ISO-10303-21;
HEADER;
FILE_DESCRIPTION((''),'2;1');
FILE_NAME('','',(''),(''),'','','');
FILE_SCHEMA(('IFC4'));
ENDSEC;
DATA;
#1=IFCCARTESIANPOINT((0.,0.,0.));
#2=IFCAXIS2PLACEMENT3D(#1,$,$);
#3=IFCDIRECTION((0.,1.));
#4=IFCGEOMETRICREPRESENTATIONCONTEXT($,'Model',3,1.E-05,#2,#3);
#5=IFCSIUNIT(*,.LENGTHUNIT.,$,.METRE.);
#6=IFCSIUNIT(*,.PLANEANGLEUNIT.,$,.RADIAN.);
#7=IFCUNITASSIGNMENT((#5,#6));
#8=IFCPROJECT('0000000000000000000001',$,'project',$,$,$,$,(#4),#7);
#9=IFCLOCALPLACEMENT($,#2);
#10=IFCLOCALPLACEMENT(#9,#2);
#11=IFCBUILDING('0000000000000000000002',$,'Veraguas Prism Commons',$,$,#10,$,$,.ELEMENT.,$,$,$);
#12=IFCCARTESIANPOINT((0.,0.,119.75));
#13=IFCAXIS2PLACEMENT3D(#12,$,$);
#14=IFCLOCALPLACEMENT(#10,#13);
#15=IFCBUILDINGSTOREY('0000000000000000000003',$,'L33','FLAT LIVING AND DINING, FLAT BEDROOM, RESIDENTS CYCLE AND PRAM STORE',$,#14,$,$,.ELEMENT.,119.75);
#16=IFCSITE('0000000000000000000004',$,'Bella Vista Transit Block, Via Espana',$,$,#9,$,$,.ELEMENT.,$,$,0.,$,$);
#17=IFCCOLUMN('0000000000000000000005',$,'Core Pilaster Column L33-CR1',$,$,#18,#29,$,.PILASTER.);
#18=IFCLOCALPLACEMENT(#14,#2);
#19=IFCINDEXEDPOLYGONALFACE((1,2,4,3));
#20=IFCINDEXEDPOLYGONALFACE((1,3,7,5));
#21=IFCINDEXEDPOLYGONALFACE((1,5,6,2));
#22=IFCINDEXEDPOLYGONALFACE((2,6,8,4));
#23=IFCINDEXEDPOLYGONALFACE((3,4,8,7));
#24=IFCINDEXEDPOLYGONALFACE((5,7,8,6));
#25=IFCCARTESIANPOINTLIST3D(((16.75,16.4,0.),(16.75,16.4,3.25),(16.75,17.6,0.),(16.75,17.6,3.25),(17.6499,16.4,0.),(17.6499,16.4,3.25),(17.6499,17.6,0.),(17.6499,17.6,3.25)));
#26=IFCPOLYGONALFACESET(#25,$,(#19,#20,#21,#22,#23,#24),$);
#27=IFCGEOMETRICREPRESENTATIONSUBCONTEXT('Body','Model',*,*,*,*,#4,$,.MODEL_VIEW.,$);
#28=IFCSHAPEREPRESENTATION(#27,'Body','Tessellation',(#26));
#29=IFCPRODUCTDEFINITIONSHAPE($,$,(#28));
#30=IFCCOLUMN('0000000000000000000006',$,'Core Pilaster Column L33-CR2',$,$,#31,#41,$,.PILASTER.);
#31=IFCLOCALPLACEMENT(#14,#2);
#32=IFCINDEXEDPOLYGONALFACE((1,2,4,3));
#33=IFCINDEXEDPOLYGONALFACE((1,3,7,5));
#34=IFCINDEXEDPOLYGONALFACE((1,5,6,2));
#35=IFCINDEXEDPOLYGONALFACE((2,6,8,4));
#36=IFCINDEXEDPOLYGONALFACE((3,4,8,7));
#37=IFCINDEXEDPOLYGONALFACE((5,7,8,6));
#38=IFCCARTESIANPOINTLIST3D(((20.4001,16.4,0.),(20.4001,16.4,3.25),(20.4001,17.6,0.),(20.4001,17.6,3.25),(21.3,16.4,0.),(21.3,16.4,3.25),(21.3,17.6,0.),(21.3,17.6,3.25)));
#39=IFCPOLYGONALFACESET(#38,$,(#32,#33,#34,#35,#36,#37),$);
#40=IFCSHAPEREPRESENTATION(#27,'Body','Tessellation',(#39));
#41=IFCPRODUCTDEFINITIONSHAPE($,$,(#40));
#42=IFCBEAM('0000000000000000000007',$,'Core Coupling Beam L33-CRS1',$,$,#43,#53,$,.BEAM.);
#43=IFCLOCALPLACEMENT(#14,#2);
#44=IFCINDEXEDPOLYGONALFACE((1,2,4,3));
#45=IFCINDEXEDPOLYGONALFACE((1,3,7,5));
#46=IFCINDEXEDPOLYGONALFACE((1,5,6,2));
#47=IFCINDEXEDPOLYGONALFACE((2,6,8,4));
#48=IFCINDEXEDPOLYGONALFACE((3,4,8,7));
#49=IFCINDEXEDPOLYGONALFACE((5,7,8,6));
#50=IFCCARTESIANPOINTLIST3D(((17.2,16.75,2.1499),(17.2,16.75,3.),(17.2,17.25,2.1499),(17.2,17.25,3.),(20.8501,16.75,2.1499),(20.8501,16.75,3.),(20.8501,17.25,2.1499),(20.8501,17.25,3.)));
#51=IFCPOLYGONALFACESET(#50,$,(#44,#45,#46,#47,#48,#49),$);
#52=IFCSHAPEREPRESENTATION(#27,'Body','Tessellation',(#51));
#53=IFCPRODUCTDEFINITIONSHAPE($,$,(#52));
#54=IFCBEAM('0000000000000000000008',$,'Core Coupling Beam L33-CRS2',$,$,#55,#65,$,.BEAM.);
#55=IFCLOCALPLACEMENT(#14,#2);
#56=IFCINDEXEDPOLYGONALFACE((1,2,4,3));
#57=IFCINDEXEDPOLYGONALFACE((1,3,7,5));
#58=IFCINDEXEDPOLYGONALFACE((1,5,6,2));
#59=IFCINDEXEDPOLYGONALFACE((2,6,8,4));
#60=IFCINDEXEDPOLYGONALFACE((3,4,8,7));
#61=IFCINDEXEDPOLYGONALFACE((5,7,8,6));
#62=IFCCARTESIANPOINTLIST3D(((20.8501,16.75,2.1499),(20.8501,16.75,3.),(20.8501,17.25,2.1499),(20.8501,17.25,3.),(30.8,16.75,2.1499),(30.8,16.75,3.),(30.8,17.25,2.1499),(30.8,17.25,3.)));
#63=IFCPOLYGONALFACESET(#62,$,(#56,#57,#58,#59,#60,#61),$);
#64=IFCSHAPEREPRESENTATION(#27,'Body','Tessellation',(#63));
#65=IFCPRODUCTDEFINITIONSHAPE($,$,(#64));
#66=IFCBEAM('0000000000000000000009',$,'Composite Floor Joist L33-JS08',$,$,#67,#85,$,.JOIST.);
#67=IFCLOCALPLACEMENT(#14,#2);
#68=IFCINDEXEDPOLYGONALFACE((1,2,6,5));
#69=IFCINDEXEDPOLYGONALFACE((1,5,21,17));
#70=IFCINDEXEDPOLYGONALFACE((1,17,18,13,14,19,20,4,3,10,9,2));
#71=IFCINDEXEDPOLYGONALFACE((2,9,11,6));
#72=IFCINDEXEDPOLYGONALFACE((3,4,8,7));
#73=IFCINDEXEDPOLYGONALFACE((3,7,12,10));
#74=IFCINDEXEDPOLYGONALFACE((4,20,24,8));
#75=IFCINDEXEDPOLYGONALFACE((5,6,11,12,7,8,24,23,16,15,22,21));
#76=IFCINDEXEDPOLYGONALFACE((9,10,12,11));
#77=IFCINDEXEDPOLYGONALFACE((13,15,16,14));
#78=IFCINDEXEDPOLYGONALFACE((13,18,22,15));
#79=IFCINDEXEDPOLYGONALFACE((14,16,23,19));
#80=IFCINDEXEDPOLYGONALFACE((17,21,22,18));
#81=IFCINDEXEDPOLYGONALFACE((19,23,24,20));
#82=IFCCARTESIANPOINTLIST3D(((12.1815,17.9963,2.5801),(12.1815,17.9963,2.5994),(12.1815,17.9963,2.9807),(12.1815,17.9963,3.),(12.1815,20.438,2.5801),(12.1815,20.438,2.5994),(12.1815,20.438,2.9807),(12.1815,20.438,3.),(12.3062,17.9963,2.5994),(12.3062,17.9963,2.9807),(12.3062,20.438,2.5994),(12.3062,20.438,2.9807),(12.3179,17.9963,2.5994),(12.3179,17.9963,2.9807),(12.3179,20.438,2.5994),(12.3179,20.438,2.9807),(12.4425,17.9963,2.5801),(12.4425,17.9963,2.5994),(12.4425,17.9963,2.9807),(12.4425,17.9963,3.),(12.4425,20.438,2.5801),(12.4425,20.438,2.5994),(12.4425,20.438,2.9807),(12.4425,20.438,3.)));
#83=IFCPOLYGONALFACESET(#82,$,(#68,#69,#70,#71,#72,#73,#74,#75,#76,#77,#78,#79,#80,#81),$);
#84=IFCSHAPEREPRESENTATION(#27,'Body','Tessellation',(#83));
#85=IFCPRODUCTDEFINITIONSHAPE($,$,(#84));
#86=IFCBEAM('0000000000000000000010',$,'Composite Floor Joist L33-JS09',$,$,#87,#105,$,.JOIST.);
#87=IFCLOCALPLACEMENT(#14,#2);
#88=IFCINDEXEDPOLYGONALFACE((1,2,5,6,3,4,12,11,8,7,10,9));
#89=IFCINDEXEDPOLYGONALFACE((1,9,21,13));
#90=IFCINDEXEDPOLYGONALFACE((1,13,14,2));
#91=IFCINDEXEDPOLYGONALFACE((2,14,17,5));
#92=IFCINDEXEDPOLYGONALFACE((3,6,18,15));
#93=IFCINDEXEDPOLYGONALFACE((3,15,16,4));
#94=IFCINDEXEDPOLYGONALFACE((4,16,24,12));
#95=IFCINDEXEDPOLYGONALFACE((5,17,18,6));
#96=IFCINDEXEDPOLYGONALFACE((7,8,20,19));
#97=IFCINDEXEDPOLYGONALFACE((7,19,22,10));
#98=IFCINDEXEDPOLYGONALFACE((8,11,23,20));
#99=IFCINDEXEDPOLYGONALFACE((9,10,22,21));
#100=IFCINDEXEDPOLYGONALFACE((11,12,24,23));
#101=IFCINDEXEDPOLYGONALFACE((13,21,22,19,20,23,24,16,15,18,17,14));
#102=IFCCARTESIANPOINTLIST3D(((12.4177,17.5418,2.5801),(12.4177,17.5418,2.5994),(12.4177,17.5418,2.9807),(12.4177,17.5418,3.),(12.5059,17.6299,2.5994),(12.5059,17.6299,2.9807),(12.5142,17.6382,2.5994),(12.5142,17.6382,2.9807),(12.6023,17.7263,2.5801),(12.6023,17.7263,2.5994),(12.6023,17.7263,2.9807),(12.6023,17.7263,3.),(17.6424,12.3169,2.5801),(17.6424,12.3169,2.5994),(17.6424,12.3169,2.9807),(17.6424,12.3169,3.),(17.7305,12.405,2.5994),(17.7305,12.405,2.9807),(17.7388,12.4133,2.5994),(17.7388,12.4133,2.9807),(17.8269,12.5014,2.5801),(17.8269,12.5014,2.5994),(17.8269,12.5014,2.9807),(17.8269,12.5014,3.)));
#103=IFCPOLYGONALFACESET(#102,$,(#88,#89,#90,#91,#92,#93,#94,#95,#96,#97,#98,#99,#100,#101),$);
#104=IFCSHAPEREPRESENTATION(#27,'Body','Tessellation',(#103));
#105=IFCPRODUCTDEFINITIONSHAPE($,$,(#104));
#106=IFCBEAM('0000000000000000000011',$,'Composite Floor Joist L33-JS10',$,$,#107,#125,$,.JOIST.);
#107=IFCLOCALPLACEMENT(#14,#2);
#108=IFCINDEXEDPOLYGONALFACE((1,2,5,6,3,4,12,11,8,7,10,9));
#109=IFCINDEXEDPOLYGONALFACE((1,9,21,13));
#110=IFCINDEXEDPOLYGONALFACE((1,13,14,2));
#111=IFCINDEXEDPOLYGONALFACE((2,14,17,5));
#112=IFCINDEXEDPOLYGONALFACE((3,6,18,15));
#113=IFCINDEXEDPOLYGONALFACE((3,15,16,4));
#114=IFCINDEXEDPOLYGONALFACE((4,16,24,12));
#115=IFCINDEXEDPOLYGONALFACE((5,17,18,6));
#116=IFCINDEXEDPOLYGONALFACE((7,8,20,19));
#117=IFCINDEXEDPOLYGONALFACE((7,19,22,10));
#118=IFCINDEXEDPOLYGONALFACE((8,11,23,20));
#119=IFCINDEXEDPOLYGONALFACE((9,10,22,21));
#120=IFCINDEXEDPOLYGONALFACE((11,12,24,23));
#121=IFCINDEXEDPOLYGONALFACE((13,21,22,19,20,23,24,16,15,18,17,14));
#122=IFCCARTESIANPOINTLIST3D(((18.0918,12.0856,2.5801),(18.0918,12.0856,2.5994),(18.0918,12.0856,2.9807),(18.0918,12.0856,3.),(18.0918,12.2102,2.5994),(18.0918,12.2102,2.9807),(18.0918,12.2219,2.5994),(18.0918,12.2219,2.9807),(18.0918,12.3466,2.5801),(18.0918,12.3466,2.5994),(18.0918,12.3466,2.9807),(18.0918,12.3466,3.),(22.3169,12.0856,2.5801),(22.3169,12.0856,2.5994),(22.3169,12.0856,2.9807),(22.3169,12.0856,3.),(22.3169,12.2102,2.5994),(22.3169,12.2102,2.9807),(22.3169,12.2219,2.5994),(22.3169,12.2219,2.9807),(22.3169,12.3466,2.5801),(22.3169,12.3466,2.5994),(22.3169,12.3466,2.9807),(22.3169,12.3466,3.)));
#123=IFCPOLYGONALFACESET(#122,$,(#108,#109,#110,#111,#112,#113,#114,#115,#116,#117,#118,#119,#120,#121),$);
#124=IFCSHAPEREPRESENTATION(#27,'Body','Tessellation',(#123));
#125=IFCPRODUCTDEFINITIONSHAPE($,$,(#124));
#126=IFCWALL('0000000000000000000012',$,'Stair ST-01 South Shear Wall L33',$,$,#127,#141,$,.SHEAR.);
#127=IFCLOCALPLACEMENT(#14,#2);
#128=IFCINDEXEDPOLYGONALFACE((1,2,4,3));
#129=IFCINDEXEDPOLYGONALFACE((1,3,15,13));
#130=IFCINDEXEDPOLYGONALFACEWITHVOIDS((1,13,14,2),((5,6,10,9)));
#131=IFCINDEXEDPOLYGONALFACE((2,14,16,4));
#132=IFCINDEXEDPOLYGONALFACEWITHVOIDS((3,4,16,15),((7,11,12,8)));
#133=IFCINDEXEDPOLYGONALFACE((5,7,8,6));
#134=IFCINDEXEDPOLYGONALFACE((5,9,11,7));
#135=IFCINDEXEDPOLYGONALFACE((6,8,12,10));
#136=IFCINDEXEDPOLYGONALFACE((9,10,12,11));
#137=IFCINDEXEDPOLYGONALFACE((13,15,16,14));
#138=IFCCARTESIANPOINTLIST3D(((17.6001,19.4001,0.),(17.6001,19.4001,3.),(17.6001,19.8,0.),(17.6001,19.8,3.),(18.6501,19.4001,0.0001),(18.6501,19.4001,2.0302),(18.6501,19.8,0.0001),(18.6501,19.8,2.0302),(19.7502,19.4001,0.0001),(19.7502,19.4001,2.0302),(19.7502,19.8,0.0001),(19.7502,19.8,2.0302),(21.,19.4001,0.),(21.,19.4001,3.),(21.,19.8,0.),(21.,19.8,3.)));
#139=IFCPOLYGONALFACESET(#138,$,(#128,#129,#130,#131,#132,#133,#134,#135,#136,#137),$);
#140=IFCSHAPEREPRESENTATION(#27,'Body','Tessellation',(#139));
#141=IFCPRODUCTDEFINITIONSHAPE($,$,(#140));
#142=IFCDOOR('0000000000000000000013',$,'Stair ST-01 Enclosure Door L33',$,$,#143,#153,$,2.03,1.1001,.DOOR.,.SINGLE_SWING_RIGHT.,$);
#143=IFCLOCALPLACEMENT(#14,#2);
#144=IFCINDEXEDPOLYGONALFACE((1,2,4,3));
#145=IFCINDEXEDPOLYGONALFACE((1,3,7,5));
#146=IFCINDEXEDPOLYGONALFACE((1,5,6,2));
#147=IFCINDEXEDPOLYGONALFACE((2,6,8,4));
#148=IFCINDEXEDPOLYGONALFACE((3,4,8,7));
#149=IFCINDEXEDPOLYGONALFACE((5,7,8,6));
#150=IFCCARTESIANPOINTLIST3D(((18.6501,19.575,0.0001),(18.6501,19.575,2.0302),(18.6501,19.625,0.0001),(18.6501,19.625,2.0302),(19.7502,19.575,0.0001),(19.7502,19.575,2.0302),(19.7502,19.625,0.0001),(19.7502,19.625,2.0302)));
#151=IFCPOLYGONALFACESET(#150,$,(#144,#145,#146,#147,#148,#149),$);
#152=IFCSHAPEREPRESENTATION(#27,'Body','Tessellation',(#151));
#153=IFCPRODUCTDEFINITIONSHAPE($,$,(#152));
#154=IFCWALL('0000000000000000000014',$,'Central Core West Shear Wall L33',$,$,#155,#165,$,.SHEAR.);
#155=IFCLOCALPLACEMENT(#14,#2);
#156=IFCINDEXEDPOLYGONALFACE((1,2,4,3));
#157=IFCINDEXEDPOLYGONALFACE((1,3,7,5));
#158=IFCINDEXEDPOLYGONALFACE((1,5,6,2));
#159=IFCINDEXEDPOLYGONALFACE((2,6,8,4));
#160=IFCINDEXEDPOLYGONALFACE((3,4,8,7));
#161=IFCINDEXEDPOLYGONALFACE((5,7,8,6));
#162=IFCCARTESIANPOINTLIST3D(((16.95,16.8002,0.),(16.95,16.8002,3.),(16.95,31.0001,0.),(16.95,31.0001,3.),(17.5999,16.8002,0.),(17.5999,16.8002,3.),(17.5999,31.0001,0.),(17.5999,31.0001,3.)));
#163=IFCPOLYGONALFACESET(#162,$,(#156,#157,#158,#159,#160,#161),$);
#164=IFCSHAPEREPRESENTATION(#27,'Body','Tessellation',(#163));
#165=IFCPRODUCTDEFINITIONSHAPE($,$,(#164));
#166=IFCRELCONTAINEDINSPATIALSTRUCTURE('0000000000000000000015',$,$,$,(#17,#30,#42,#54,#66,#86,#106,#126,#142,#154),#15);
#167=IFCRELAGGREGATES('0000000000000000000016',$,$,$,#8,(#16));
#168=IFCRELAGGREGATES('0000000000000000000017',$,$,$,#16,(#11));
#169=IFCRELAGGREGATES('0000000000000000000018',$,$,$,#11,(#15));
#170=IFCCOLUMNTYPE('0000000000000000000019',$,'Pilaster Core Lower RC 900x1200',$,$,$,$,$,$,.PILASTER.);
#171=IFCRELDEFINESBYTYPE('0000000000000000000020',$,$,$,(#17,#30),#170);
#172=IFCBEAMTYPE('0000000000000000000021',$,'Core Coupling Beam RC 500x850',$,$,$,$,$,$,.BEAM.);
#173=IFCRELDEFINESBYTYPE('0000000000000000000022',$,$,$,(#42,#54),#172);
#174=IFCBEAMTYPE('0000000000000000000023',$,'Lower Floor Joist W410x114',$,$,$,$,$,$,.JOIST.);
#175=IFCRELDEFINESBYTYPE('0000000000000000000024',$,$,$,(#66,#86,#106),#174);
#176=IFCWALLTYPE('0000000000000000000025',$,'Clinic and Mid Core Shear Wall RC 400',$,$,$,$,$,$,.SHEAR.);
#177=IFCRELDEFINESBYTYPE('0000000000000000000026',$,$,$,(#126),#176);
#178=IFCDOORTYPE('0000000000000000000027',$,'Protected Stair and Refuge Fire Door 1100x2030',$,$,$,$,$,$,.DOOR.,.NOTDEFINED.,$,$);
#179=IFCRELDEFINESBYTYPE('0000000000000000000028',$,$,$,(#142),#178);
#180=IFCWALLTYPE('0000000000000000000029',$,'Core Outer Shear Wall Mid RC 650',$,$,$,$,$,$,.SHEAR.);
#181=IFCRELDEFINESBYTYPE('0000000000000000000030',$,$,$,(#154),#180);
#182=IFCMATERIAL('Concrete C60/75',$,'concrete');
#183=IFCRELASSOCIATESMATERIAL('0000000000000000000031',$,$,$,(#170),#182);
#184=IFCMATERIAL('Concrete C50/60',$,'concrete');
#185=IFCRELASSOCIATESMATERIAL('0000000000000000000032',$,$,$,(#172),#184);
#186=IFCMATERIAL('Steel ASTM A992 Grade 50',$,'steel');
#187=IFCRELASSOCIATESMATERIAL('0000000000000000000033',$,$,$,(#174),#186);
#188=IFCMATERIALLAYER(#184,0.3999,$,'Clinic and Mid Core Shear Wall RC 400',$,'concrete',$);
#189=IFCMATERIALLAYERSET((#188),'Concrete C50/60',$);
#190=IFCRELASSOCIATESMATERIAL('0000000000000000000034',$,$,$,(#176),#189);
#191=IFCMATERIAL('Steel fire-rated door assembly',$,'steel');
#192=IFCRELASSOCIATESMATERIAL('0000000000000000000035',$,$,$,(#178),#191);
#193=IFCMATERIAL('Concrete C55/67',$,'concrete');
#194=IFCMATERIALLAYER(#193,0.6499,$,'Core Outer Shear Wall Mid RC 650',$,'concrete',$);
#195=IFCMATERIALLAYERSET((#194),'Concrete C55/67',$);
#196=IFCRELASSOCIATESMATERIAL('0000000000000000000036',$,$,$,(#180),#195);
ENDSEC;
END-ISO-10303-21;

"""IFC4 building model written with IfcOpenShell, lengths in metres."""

from ifc_helpers import new_model, si_unit, direction, frame, frame_2d, origin, origin_2d, place, context, subcontext, project, spatial, rectangle, i_section, extrude, source, transform, mapped, material, layer, layer_set, material_profile, profile_set, type_object, element, fill, save


model = new_model("IFC4")

# Units and contexts
model_context = context("Model", 3, precision=1e-05, world=origin(), true_north=direction((0.0, 1.0)))
body_context = subcontext(model_context, "Body", "Model", "MODEL_VIEW")
ifc_project = project(units=[si_unit("LENGTHUNIT", "METRE"), si_unit("PLANEANGLEUNIT", "RADIAN")], contexts=[model_context])

# Site, building, storey
site_placement = place(None, origin())
site = spatial("IfcSite", under=ifc_project, at=site_placement, Name="Bella Vista Transit Block, Via Espana", CompositionType="ELEMENT", RefElevation=0.0)
building_placement = place(site_placement, origin())
building = spatial("IfcBuilding", under=site, at=building_placement, Name="Veraguas Prism Commons", CompositionType="ELEMENT")
storey_placement = place(building_placement, frame((0.0, 0.0, 119.75)))
storey = spatial("IfcBuildingStorey", under=building, at=storey_placement, Name="L33", Description="FLAT LIVING AND DINING, FLAT BEDROOM, RESIDENTS CYCLE AND PRAM STORE", CompositionType="ELEMENT", Elevation=119.75)

# Columns
ifc_material_1 = material(Name="Concrete C60/75", Category="concrete")
ifc_material_profile_1 = material_profile(ifc_material_1, rectangle(XDim=0.8999, YDim=1.2, at=origin_2d()), Name="RC900X1200")
ifc_profile_set_1 = profile_set([ifc_material_profile_1], Name="Concrete C60/75")
column_type = type_object("IfcColumnType", Name="Pilaster Core Lower RC 900x1200", PredefinedType="PILASTER", material=ifc_profile_set_1)
for number, where, z_axis, x_axis, name in (
    (1, (17.2, 17.0, 0.0), (0.0, 0.0, 1.0), (1.0, 0.0, 0.0), "Core Pilaster Column L33-CR1"),
    (2, (20.8501, 17.0, 0.0), (0.0, 0.0, 1.0), (1.0, 0.0, 0.0), "Core Pilaster Column L33-CR2"),
):
    element("IfcColumn", number, at=place(storey_placement, frame(where, z_axis=z_axis, x_axis=x_axis)), inside=storey, type_object=column_type, Name=name, PredefinedType="PILASTER", context=body_context, shape_type="SweptSolid", body=[
        extrude(rectangle(XDim=0.8999, YDim=1.2, at=origin_2d()), origin(), (0.0, 0.0, 1.0), 3.25),
    ])

# Beams
ifc_material_2 = material(Name="Concrete C50/60", Category="concrete")
ifc_material_profile_2 = material_profile(ifc_material_2, rectangle(XDim=0.5, YDim=0.8501, at=origin_2d()), Name="RC500X850")
ifc_profile_set_2 = profile_set([ifc_material_profile_2], Name="Concrete C50/60")
beam_type_1 = type_object("IfcBeamType", Name="Core Coupling Beam RC 500x850", PredefinedType="BEAM", material=ifc_profile_set_2)
beam_1_placement = place(storey_placement, frame((17.2, 17.0, 2.575), z_axis=(1.0, 0.0, 0.0), x_axis=(0.0, 1.0, 0.0)))
element("IfcBeam", 3, at=beam_1_placement, inside=storey, type_object=beam_type_1, Name="Core Coupling Beam L33-CRS1", PredefinedType="BEAM", context=body_context, shape_type="SweptSolid", body=[
    extrude(rectangle(XDim=0.5, YDim=0.8501, at=origin_2d()), origin(), (0.0, 0.0, 1.0), 3.6501),
])
beam_2_placement = place(storey_placement, frame((20.8501, 17.0, 2.575), z_axis=(1.0, 0.0, 0.0), x_axis=(0.0, 1.0, 0.0)))
element("IfcBeam", 4, at=beam_2_placement, inside=storey, type_object=beam_type_1, Name="Core Coupling Beam L33-CRS2", PredefinedType="BEAM", context=body_context, shape_type="SweptSolid", body=[
    extrude(rectangle(XDim=0.5, YDim=0.8501, at=origin_2d()), origin(), (0.0, 0.0, 1.0), 9.95),
])
ifc_material_3 = material(Name="Steel ASTM A992 Grade 50", Category="steel")
ifc_material_profile_3 = material_profile(ifc_material_3, i_section(OverallWidth=0.261, OverallDepth=0.4199, WebThickness=0.0117, FlangeThickness=0.0193, at=origin_2d()), Name="W410X114")
ifc_profile_set_3 = profile_set([ifc_material_profile_3], Name="Steel ASTM A992 Grade 50")
beam_type_2 = type_object("IfcBeamType", Name="Lower Floor Joist W410x114", PredefinedType="JOIST", material=ifc_profile_set_3)
beam_3_placement = place(storey_placement, frame((12.312, 20.438, 2.79), z_axis=(0.0, -1.0, 0.0), x_axis=(1.0, 0.0, 0.0)))
element("IfcBeam", 5, at=beam_3_placement, inside=storey, type_object=beam_type_2, Name="Composite Floor Joist L33-JS08", PredefinedType="JOIST", context=body_context, shape_type="SweptSolid", body=[
    extrude(i_section(OverallWidth=0.261, OverallDepth=0.4199, WebThickness=0.0117, FlangeThickness=0.0193, at=origin_2d()), origin(), (0.0, 0.0, 1.0), 2.4417),
])
beam_4_placement = place(storey_placement, frame((12.51, 17.634, 2.79), z_axis=(0.70709, -0.707123, 0.0), x_axis=(0.707123, 0.70709, 0.0)))
element("IfcBeam", 6, at=beam_4_placement, inside=storey, type_object=beam_type_2, Name="Composite Floor Joist L33-JS09", PredefinedType="JOIST", context=body_context, shape_type="SweptSolid", body=[
    extrude(i_section(OverallWidth=0.261, OverallDepth=0.4199, WebThickness=0.0117, FlangeThickness=0.0193, at=origin_2d()), origin(), (0.0, 0.0, 1.0), 7.3889),
])
beam_5_placement = place(storey_placement, frame((18.0918, 12.2161, 2.79), z_axis=(1.0, 0.0, 0.0), x_axis=(0.0, 1.0, 0.0)))
element("IfcBeam", 7, at=beam_5_placement, inside=storey, type_object=beam_type_2, Name="Composite Floor Joist L33-JS10", PredefinedType="JOIST", context=body_context, shape_type="SweptSolid", body=[
    extrude(i_section(OverallWidth=0.261, OverallDepth=0.4199, WebThickness=0.0117, FlangeThickness=0.0193, at=origin_2d()), origin(), (0.0, 0.0, 1.0), 4.2251),
])

# Wall, opening, door
ifc_layer_1 = layer(ifc_material_2, 0.3999, Name="Clinic and Mid Core Shear Wall RC 400", Category="concrete")
ifc_layer_set_1 = layer_set([ifc_layer_1], Name="Concrete C50/60")
wall_type_1 = type_object("IfcWallType", Name="Clinic and Mid Core Shear Wall RC 400", PredefinedType="SHEAR", material=ifc_layer_set_1)
wall_1_placement = place(storey_placement, frame((17.6001, 19.6001, 0.0), z_axis=(0.0, 0.0, 1.0), x_axis=(1.0, 0.0, 0.0)))
wall_1 = element("IfcWall", 8, at=wall_1_placement, inside=storey, type_object=wall_type_1, Name="Stair ST-01 South Shear Wall L33", PredefinedType="SHEAR", context=body_context, shape_type="SweptSolid", body=[
    extrude(rectangle(XDim=3.3999, YDim=0.3999, at=frame_2d((1.7, 0.0))), origin(), (0.0, 0.0, 1.0), 3.0),
])
opening_1_placement = place(wall_1_placement, frame((1.05, 0.0, 0.0)))
opening_1 = element("IfcOpeningElement", 9, at=opening_1_placement, cuts=wall_1, PredefinedType="OPENING", context=body_context, shape_type="SweptSolid", body=[
    extrude(rectangle(XDim=1.1001, YDim=2.03, at=frame_2d((0.55, 1.0151))), frame((0.0, 0.21, 0.0), z_axis=(0.0, -1.0, 0.0), x_axis=(1.0, 0.0, 0.0)), (0.0, 0.0, 1.0), 0.4199),
])
ifc_material_4 = material(Name="Steel fire-rated door assembly", Category="steel")
door_type_1 = type_object("IfcDoorType", Name="Protected Stair and Refuge Fire Door 1100x2030", OperationType="NOTDEFINED", PredefinedType="DOOR", material=ifc_material_4)
shared_shape_1 = source(origin(), body_context, "Body", "SweptSolid", [
    extrude(rectangle(XDim=1.1001, YDim=2.03, at=frame_2d((0.55, 1.0151))), frame((0.0, 0.0249, 0.0), z_axis=(0.0, -1.0, 0.0), x_axis=(1.0, 0.0, 0.0)), (0.0, 0.0, 1.0), 0.05),
])
door_1_placement = place(opening_1_placement, origin())
door_1 = element("IfcDoor", 10, at=door_1_placement, inside=storey, type_object=door_type_1, Name="Stair ST-01 Enclosure Door L33", OperationType="SINGLE_SWING_RIGHT", OverallHeight=2.03, OverallWidth=1.1001, PredefinedType="DOOR", context=body_context, shape_type="MappedRepresentation", body=[
    mapped(shared_shape_1, transform((0.0, 0.0, 0.0), scale=1.0)),
])
fill(opening_1, door_1)

# Wall
ifc_material_5 = material(Name="Concrete C55/67", Category="concrete")
ifc_layer_2 = layer(ifc_material_5, 0.6499, Name="Core Outer Shear Wall Mid RC 650", Category="concrete")
ifc_layer_set_2 = layer_set([ifc_layer_2], Name="Concrete C55/67")
wall_type_2 = type_object("IfcWallType", Name="Core Outer Shear Wall Mid RC 650", PredefinedType="SHEAR", material=ifc_layer_set_2)
wall_2_placement = place(storey_placement, frame((17.2749, 16.8, 0.0), z_axis=(0.0, 0.0, 1.0), x_axis=(0.0, 1.0, 0.0)))
element("IfcWall", 11, at=wall_2_placement, inside=storey, type_object=wall_type_2, Name="Central Core West Shear Wall L33", PredefinedType="SHEAR", context=body_context, shape_type="SweptSolid", body=[
    extrude(rectangle(XDim=14.2, YDim=0.6499, at=frame_2d((7.1001, 0.0))), origin(), (0.0, 0.0, 1.0), 3.0),
])

save(model, "model.ifc")
